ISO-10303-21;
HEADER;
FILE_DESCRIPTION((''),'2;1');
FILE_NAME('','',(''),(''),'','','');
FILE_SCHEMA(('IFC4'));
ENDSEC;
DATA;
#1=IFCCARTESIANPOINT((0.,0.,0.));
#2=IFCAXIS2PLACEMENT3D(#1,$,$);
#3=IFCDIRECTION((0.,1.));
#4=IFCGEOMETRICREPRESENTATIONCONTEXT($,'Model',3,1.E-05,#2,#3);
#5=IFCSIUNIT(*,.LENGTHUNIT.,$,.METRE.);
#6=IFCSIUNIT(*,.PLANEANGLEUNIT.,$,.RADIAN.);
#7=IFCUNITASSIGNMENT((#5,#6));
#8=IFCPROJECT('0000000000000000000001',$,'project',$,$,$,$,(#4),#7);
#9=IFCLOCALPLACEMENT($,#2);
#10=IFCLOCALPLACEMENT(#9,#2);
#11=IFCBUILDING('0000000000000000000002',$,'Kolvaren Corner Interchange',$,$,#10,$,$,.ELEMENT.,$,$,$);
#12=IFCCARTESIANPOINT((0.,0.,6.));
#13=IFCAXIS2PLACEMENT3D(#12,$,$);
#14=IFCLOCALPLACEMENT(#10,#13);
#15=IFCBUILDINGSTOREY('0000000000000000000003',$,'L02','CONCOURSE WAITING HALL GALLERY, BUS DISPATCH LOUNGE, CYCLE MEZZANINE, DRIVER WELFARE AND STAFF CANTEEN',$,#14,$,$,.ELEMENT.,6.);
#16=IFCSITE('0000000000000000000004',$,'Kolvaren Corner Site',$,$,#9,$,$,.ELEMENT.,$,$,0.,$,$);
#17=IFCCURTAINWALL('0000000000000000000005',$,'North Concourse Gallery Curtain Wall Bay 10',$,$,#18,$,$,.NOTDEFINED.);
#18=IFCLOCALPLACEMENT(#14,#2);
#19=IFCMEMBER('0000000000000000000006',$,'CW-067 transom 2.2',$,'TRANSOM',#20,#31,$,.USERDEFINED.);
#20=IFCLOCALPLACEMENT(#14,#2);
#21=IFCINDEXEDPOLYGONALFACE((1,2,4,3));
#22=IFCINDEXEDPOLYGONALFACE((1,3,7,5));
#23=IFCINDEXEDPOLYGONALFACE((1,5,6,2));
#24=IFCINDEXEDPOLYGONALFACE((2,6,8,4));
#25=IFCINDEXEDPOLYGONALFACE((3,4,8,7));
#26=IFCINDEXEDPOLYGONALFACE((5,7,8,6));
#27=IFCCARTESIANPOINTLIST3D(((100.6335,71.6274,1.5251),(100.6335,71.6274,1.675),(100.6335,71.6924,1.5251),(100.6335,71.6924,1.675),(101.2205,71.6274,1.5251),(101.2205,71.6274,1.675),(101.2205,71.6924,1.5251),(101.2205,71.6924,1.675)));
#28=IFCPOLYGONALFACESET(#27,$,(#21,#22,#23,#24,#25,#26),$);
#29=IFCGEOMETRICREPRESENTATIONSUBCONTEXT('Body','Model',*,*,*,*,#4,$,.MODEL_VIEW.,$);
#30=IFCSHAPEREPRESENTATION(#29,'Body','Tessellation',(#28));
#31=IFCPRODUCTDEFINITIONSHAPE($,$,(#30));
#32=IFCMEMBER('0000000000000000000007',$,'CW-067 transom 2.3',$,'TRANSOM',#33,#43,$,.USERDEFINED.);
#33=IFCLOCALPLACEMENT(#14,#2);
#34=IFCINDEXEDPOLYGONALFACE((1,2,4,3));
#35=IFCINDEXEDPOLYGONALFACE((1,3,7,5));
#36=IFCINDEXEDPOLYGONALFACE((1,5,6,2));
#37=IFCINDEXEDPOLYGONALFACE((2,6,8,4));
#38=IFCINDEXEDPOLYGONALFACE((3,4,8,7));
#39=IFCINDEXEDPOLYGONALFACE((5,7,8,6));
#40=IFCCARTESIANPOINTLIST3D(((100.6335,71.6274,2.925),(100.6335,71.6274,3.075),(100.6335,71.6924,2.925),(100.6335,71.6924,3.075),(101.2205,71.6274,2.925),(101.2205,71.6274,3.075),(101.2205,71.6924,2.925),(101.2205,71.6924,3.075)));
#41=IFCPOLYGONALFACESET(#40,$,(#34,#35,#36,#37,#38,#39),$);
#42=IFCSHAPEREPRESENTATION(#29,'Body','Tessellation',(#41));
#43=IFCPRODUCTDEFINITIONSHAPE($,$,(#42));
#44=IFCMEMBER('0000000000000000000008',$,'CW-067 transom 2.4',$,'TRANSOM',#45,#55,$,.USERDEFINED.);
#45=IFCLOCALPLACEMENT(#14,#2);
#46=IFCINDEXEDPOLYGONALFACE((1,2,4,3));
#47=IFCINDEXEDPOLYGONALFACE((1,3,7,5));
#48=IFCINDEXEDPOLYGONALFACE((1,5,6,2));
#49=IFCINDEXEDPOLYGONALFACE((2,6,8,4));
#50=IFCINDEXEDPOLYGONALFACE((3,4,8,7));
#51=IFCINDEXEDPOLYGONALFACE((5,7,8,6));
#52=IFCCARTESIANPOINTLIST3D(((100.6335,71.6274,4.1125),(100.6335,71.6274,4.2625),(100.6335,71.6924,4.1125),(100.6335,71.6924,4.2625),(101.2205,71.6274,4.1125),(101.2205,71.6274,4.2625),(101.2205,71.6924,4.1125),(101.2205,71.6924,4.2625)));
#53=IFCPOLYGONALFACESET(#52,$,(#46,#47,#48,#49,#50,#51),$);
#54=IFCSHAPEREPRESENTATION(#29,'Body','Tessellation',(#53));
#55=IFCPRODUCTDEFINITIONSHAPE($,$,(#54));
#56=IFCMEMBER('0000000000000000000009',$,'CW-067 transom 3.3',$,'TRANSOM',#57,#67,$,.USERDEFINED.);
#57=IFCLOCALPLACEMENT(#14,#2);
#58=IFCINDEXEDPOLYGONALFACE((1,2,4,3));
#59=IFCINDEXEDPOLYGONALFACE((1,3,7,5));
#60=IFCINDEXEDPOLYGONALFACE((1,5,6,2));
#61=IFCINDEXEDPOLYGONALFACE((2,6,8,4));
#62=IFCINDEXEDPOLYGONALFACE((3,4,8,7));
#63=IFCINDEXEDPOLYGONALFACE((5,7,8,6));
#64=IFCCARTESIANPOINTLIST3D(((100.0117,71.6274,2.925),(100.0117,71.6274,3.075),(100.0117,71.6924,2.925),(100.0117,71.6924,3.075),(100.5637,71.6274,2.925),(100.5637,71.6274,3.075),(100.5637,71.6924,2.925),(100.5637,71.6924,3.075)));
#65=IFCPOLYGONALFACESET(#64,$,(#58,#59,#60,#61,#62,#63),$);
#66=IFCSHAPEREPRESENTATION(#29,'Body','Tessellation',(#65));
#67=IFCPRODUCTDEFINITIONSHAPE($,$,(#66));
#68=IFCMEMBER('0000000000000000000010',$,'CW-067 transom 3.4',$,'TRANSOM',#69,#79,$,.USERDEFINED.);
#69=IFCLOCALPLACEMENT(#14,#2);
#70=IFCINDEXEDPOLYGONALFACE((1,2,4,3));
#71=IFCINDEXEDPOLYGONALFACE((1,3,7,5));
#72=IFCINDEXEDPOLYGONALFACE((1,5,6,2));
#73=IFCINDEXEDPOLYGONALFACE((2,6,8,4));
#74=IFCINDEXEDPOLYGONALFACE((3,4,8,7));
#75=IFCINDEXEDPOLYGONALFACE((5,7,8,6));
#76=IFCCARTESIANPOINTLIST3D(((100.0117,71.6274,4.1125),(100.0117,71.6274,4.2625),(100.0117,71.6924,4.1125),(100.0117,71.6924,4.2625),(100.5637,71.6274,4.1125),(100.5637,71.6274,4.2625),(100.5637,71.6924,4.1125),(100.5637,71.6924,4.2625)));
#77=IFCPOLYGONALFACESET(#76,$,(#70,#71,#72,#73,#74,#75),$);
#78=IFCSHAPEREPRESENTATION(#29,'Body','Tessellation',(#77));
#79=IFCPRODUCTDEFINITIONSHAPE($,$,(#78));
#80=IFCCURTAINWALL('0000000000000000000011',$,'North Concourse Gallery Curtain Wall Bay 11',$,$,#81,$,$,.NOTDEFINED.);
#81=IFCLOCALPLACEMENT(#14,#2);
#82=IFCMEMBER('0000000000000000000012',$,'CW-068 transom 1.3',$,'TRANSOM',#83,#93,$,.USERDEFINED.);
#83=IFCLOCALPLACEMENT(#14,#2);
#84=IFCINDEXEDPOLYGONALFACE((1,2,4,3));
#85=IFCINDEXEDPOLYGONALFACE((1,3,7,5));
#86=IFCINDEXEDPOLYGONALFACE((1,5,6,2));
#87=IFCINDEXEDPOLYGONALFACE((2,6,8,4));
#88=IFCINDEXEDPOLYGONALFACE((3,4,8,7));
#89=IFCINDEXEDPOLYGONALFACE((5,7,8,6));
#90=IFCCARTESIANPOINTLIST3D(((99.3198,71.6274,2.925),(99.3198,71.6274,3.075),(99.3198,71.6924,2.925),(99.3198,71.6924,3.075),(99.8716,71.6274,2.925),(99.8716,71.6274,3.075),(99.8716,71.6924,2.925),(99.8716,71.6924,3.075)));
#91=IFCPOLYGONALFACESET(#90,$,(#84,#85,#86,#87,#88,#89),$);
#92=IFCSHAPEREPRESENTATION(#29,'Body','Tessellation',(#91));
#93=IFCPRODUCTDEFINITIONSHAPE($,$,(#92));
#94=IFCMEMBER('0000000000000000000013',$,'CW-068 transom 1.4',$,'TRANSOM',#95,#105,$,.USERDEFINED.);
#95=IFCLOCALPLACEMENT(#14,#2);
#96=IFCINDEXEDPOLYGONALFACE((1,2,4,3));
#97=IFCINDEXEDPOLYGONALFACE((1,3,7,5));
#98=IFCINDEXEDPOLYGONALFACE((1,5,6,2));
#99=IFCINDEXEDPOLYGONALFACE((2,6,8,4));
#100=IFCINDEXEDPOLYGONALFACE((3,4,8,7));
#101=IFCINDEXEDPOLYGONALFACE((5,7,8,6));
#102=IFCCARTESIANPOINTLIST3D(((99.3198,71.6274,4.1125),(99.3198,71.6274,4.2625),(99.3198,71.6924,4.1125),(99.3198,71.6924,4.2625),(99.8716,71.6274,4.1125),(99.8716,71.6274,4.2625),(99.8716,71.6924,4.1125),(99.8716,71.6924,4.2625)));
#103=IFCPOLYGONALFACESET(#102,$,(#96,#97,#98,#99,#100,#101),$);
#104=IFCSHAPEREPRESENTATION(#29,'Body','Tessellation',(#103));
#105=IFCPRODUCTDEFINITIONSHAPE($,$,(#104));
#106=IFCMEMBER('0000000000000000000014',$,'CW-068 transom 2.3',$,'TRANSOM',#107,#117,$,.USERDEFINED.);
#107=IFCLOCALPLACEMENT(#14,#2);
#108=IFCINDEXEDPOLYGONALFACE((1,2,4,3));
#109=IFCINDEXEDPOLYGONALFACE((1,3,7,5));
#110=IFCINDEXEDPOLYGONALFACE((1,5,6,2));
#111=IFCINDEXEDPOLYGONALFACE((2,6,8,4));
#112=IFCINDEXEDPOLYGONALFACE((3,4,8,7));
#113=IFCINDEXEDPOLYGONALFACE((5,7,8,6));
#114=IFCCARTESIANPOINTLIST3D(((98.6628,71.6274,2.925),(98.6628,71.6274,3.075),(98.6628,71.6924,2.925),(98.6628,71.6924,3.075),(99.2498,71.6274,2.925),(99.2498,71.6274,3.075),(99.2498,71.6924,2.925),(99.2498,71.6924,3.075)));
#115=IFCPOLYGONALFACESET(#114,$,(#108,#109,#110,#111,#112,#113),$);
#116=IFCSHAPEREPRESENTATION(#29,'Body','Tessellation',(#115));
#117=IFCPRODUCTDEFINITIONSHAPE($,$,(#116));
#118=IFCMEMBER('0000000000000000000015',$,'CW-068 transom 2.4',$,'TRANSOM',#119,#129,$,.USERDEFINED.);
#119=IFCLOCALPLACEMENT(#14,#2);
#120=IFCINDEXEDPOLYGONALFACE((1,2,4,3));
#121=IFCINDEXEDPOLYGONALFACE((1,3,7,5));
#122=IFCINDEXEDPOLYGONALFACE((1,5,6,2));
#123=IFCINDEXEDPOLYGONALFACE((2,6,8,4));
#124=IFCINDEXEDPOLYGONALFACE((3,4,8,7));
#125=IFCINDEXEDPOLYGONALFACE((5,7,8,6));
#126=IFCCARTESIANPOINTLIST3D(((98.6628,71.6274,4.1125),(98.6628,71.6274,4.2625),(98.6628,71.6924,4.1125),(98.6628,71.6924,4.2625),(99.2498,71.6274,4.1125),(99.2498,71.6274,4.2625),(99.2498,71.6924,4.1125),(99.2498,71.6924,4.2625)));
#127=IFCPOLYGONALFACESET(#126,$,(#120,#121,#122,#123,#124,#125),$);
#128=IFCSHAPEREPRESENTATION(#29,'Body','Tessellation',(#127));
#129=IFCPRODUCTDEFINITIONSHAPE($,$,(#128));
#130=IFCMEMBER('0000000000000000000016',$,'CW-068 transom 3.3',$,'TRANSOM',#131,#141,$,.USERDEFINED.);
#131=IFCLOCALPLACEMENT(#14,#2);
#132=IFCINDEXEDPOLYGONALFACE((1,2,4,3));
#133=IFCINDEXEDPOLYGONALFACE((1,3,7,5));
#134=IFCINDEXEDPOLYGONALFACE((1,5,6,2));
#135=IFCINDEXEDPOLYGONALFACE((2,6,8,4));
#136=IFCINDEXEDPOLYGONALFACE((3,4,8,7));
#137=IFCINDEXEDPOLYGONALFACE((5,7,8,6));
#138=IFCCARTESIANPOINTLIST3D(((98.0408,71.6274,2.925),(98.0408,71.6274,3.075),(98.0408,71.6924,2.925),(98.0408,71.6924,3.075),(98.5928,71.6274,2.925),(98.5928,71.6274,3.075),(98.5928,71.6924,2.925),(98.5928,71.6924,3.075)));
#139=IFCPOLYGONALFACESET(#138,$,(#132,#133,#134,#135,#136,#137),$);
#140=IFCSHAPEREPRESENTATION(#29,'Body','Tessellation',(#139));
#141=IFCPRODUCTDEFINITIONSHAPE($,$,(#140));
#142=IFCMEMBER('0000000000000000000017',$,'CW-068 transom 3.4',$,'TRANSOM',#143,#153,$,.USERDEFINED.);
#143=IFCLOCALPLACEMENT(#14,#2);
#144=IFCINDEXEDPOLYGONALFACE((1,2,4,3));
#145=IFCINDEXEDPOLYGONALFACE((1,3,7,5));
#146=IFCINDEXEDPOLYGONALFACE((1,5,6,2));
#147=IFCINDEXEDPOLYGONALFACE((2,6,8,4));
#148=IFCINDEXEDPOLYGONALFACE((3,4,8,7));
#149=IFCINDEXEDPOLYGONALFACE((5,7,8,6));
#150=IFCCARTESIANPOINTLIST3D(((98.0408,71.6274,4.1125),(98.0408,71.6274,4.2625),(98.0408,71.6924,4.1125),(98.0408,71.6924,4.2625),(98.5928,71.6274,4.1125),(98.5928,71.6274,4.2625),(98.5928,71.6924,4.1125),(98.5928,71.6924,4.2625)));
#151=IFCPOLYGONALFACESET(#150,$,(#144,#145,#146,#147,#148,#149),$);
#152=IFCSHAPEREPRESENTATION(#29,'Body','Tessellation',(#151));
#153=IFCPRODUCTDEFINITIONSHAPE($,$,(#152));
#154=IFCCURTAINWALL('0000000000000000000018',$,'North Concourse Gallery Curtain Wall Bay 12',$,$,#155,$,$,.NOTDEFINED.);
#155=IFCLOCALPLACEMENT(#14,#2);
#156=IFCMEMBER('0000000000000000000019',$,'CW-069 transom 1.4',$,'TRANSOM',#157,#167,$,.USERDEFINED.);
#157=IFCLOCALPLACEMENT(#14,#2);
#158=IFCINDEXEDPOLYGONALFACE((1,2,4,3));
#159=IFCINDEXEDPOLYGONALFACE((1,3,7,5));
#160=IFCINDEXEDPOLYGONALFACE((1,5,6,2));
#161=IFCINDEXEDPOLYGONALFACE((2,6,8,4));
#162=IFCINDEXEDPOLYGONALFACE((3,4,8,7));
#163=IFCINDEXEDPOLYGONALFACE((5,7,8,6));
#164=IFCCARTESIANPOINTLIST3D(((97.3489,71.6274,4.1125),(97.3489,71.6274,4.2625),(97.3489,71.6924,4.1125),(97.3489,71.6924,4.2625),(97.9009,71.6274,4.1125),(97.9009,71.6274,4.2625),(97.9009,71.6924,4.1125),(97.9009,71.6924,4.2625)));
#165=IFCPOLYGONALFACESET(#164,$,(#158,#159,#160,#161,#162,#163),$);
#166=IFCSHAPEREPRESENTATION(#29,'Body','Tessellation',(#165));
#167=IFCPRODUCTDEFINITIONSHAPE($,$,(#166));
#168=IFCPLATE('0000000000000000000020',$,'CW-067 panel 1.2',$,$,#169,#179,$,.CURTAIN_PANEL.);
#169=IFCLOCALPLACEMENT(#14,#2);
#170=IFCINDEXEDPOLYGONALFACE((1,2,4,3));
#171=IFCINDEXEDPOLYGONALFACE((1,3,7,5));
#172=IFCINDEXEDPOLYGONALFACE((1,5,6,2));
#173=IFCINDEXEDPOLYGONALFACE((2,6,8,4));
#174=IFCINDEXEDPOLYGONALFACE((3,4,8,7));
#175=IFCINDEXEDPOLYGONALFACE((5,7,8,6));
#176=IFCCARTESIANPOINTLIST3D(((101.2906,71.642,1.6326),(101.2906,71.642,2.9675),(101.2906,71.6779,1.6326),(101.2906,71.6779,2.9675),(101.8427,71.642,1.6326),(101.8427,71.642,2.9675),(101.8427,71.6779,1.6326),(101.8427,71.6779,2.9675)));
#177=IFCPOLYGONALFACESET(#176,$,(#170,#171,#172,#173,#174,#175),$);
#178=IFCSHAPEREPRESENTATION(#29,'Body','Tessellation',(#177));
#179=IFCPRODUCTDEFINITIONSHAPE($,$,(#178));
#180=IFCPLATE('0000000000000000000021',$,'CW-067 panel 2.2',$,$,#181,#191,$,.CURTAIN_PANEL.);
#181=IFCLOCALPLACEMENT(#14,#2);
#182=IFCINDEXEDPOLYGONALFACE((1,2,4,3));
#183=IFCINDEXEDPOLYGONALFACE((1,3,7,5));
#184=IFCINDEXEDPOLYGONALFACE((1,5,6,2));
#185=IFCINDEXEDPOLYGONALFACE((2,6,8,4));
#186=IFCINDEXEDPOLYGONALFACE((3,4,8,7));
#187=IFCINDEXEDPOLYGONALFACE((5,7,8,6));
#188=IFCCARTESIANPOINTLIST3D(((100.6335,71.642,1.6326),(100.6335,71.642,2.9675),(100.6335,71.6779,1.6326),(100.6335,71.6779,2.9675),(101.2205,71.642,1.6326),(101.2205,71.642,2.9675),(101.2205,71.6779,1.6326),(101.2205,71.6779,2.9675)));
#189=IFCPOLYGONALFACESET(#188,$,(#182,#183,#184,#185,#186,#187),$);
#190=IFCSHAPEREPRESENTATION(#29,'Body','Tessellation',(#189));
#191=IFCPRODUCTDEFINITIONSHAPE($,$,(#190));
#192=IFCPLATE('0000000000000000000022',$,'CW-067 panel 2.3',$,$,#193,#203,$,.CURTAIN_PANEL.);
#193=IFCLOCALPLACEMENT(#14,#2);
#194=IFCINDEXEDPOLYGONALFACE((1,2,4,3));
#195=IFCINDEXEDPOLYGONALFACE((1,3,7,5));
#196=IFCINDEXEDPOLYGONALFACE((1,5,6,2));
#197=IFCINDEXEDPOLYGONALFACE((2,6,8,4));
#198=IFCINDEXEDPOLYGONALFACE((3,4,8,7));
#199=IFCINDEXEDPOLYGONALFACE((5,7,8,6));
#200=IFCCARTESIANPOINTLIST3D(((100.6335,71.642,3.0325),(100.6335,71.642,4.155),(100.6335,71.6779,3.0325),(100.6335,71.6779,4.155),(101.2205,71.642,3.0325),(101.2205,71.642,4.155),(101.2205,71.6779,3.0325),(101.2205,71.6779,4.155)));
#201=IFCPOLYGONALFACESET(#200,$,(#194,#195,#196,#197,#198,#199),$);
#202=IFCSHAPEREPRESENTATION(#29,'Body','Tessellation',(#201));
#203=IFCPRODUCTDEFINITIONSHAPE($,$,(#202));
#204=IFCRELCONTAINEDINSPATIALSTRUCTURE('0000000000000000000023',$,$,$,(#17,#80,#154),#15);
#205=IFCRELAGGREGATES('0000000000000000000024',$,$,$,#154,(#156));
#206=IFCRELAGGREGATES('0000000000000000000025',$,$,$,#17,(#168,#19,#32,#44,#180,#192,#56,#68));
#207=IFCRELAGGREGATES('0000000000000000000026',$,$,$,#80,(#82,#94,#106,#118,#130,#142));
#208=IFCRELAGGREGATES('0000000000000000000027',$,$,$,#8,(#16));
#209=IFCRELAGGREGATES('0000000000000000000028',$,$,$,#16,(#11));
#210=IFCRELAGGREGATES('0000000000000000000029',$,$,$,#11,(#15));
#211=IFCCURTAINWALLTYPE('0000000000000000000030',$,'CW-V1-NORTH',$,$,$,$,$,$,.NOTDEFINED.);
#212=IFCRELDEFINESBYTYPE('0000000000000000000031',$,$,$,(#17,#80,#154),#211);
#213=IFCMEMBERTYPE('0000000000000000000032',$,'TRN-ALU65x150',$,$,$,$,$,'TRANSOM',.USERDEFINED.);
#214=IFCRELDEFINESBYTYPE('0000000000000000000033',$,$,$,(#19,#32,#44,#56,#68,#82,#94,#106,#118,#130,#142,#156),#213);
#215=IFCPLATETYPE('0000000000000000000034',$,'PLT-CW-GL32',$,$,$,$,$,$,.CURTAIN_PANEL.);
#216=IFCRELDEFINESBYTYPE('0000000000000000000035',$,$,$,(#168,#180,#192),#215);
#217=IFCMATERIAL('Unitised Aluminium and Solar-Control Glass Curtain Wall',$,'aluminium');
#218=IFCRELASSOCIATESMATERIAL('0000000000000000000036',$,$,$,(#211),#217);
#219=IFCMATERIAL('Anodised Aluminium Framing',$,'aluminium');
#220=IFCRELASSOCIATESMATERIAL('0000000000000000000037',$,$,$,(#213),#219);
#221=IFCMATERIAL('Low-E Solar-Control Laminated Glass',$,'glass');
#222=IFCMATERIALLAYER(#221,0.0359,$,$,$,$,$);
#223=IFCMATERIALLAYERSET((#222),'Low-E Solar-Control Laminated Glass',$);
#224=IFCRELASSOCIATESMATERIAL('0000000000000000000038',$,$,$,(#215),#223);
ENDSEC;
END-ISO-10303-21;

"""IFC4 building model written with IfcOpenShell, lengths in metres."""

from ifc_helpers import new_model, si_unit, direction, frame, origin, origin_2d, place, context, subcontext, project, spatial, rectangle, extrude, material, layer, layer_set, material_profile, profile_set, type_object, element, aggregate, save


model = new_model("IFC4")

# Units and contexts
model_context = context("Model", 3, precision=1e-05, world=origin(), true_north=direction((0.0, 1.0)))
body_context = subcontext(model_context, "Body", "Model", "MODEL_VIEW")
ifc_project = project(units=[si_unit("LENGTHUNIT", "METRE"), si_unit("PLANEANGLEUNIT", "RADIAN")], contexts=[model_context])

# Site, building, storey
site_placement = place(None, origin())
site = spatial("IfcSite", under=ifc_project, at=site_placement, Name="Kolvaren Corner Site", CompositionType="ELEMENT", RefElevation=0.0)
building_placement = place(site_placement, origin())
building = spatial("IfcBuilding", under=site, at=building_placement, Name="Kolvaren Corner Interchange", CompositionType="ELEMENT")
storey_placement = place(building_placement, frame((0.0, 0.0, 6.0)))
storey = spatial("IfcBuildingStorey", under=building, at=storey_placement, Name="L02", Description="CONCOURSE WAITING HALL GALLERY, BUS DISPATCH LOUNGE, CYCLE MEZZANINE, DRIVER WELFARE AND STAFF CANTEEN", CompositionType="ELEMENT", Elevation=6.0)

# Curtain walls, members
ifc_material_1 = material(Name="Unitised Aluminium and Solar-Control Glass Curtain Wall", Category="aluminium")
curtain_wall_type = type_object("IfcCurtainWallType", Name="CW-V1-NORTH", PredefinedType="NOTDEFINED", material=ifc_material_1)
curtain_wall_1_placement = place(storey_placement, origin())
curtain_wall_1 = element("IfcCurtainWall", 1, at=curtain_wall_1_placement, inside=storey, type_object=curtain_wall_type, Name="North Concourse Gallery Curtain Wall Bay 10", PredefinedType="NOTDEFINED")
ifc_material_2 = material(Name="Anodised Aluminium Framing", Category="aluminium")
ifc_material_profile = material_profile(ifc_material_2, rectangle(XDim=0.0649, YDim=0.1499, at=origin_2d()), Name="ALU 65x150")
ifc_profile_set = profile_set([ifc_material_profile], Name="Anodised Aluminium Framing")
member_type = type_object("IfcMemberType", Name="TRN-ALU65x150", ElementType="TRANSOM", PredefinedType="USERDEFINED", material=ifc_profile_set)
member_1_placement = place(storey_placement, frame((101.2205, 71.6599, 1.6001), z_axis=(-1.0, 0.0, 0.0), x_axis=(0.0, -1.0, 0.0)))
member_1 = element("IfcMember", 2, at=member_1_placement, type_object=member_type, Name="CW-067 transom 2.2", ObjectType="TRANSOM", PredefinedType="USERDEFINED", context=body_context, shape_type="SweptSolid", body=[
    extrude(rectangle(XDim=0.0649, YDim=0.1499, at=origin_2d()), origin(), (0.0, 0.0, 1.0), 0.5869),
])
member_2_placement = place(storey_placement, frame((101.2205, 71.6599, 3.0), z_axis=(-1.0, 0.0, 0.0), x_axis=(0.0, -1.0, 0.0)))
member_2 = element("IfcMember", 3, at=member_2_placement, type_object=member_type, Name="CW-067 transom 2.3", ObjectType="TRANSOM", PredefinedType="USERDEFINED", context=body_context, shape_type="SweptSolid", body=[
    extrude(rectangle(XDim=0.0649, YDim=0.1499, at=origin_2d()), origin(), (0.0, 0.0, 1.0), 0.5869),
])
member_3_placement = place(storey_placement, frame((101.2205, 71.6599, 4.1875), z_axis=(-1.0, 0.0, 0.0), x_axis=(0.0, -1.0, 0.0)))
member_3 = element("IfcMember", 4, at=member_3_placement, type_object=member_type, Name="CW-067 transom 2.4", ObjectType="TRANSOM", PredefinedType="USERDEFINED", context=body_context, shape_type="SweptSolid", body=[
    extrude(rectangle(XDim=0.0649, YDim=0.1499, at=origin_2d()), origin(), (0.0, 0.0, 1.0), 0.5869),
])
member_4_placement = place(storey_placement, frame((100.5637, 71.6599, 3.0), z_axis=(-1.0, 0.0, 0.0), x_axis=(0.0, -1.0, 0.0)))
member_4 = element("IfcMember", 5, at=member_4_placement, type_object=member_type, Name="CW-067 transom 3.3", ObjectType="TRANSOM", PredefinedType="USERDEFINED", context=body_context, shape_type="SweptSolid", body=[
    extrude(rectangle(XDim=0.0649, YDim=0.1499, at=origin_2d()), origin(), (0.0, 0.0, 1.0), 0.552),
])
member_5_placement = place(storey_placement, frame((100.5637, 71.6599, 4.1875), z_axis=(-1.0, 0.0, 0.0), x_axis=(0.0, -1.0, 0.0)))
member_5 = element("IfcMember", 6, at=member_5_placement, type_object=member_type, Name="CW-067 transom 3.4", ObjectType="TRANSOM", PredefinedType="USERDEFINED", context=body_context, shape_type="SweptSolid", body=[
    extrude(rectangle(XDim=0.0649, YDim=0.1499, at=origin_2d()), origin(), (0.0, 0.0, 1.0), 0.552),
])
curtain_wall_2_placement = place(storey_placement, origin())
curtain_wall_2 = element("IfcCurtainWall", 7, at=curtain_wall_2_placement, inside=storey, type_object=curtain_wall_type, Name="North Concourse Gallery Curtain Wall Bay 11", PredefinedType="NOTDEFINED")
member_6_placement = place(storey_placement, frame((99.8716, 71.6599, 3.0), z_axis=(-1.0, 0.0, 0.0), x_axis=(0.0, -1.0, 0.0)))
member_6 = element("IfcMember", 8, at=member_6_placement, type_object=member_type, Name="CW-068 transom 1.3", ObjectType="TRANSOM", PredefinedType="USERDEFINED", context=body_context, shape_type="SweptSolid", body=[
    extrude(rectangle(XDim=0.0649, YDim=0.1499, at=origin_2d()), origin(), (0.0, 0.0, 1.0), 0.5518),
])
member_7_placement = place(storey_placement, frame((99.8716, 71.6599, 4.1875), z_axis=(-1.0, 0.0, 0.0), x_axis=(0.0, -1.0, 0.0)))
member_7 = element("IfcMember", 9, at=member_7_placement, type_object=member_type, Name="CW-068 transom 1.4", ObjectType="TRANSOM", PredefinedType="USERDEFINED", context=body_context, shape_type="SweptSolid", body=[
    extrude(rectangle(XDim=0.0649, YDim=0.1499, at=origin_2d()), origin(), (0.0, 0.0, 1.0), 0.5518),
])
member_8_placement = place(storey_placement, frame((99.2498, 71.6599, 3.0), z_axis=(-1.0, 0.0, 0.0), x_axis=(0.0, -1.0, 0.0)))
member_8 = element("IfcMember", 10, at=member_8_placement, type_object=member_type, Name="CW-068 transom 2.3", ObjectType="TRANSOM", PredefinedType="USERDEFINED", context=body_context, shape_type="SweptSolid", body=[
    extrude(rectangle(XDim=0.0649, YDim=0.1499, at=origin_2d()), origin(), (0.0, 0.0, 1.0), 0.5869),
])
member_9_placement = place(storey_placement, frame((99.2498, 71.6599, 4.1875), z_axis=(-1.0, 0.0, 0.0), x_axis=(0.0, -1.0, 0.0)))
member_9 = element("IfcMember", 11, at=member_9_placement, type_object=member_type, Name="CW-068 transom 2.4", ObjectType="TRANSOM", PredefinedType="USERDEFINED", context=body_context, shape_type="SweptSolid", body=[
    extrude(rectangle(XDim=0.0649, YDim=0.1499, at=origin_2d()), origin(), (0.0, 0.0, 1.0), 0.5869),
])
member_10_placement = place(storey_placement, frame((98.5928, 71.6599, 3.0), z_axis=(-1.0, 0.0, 0.0), x_axis=(0.0, -1.0, 0.0)))
member_10 = element("IfcMember", 12, at=member_10_placement, type_object=member_type, Name="CW-068 transom 3.3", ObjectType="TRANSOM", PredefinedType="USERDEFINED", context=body_context, shape_type="SweptSolid", body=[
    extrude(rectangle(XDim=0.0649, YDim=0.1499, at=origin_2d()), origin(), (0.0, 0.0, 1.0), 0.552),
])
member_11_placement = place(storey_placement, frame((98.5928, 71.6599, 4.1875), z_axis=(-1.0, 0.0, 0.0), x_axis=(0.0, -1.0, 0.0)))
member_11 = element("IfcMember", 13, at=member_11_placement, type_object=member_type, Name="CW-068 transom 3.4", ObjectType="TRANSOM", PredefinedType="USERDEFINED", context=body_context, shape_type="SweptSolid", body=[
    extrude(rectangle(XDim=0.0649, YDim=0.1499, at=origin_2d()), origin(), (0.0, 0.0, 1.0), 0.552),
])

# Curtain wall, member
curtain_wall_3_placement = place(storey_placement, origin())
curtain_wall_3 = element("IfcCurtainWall", 14, at=curtain_wall_3_placement, inside=storey, type_object=curtain_wall_type, Name="North Concourse Gallery Curtain Wall Bay 12", PredefinedType="NOTDEFINED")
member_12_placement = place(storey_placement, frame((97.9009, 71.6599, 4.1875), z_axis=(-1.0, 0.0, 0.0), x_axis=(0.0, -1.0, 0.0)))
member_12 = element("IfcMember", 15, at=member_12_placement, type_object=member_type, Name="CW-069 transom 1.4", ObjectType="TRANSOM", PredefinedType="USERDEFINED", context=body_context, shape_type="SweptSolid", body=[
    extrude(rectangle(XDim=0.0649, YDim=0.1499, at=origin_2d()), origin(), (0.0, 0.0, 1.0), 0.552),
])
aggregate(curtain_wall_3, [member_12])

# Plates
ifc_material_3 = material(Name="Low-E Solar-Control Laminated Glass", Category="glass")
ifc_layer = layer(ifc_material_3, 0.0359)
ifc_layer_set = layer_set([ifc_layer], Name="Low-E Solar-Control Laminated Glass")
plate_type = type_object("IfcPlateType", Name="PLT-CW-GL32", PredefinedType="CURTAIN_PANEL", material=ifc_layer_set)
plate_1_placement = place(storey_placement, frame((101.5667, 71.6599, 1.6326), z_axis=(0.0, 0.0, 1.0), x_axis=(-1.0, 0.0, 0.0)))
plate_1 = element("IfcPlate", 16, at=plate_1_placement, type_object=plate_type, Name="CW-067 panel 1.2", PredefinedType="CURTAIN_PANEL", context=body_context, shape_type="SweptSolid", body=[
    extrude(rectangle(XDim=0.552, YDim=0.0359, at=origin_2d()), origin(), (0.0, 0.0, 1.0), 1.335),
])
plate_2_placement = place(storey_placement, frame((100.927, 71.6599, 1.6326), z_axis=(0.0, 0.0, 1.0), x_axis=(-1.0, 0.0, 0.0)))
plate_2 = element("IfcPlate", 17, at=plate_2_placement, type_object=plate_type, Name="CW-067 panel 2.2", PredefinedType="CURTAIN_PANEL", context=body_context, shape_type="SweptSolid", body=[
    extrude(rectangle(XDim=0.5869, YDim=0.0359, at=origin_2d()), origin(), (0.0, 0.0, 1.0), 1.335),
])
plate_3_placement = place(storey_placement, frame((100.927, 71.6599, 3.0325), z_axis=(0.0, 0.0, 1.0), x_axis=(-1.0, 0.0, 0.0)))
plate_3 = element("IfcPlate", 18, at=plate_3_placement, type_object=plate_type, Name="CW-067 panel 2.3", PredefinedType="CURTAIN_PANEL", context=body_context, shape_type="SweptSolid", body=[
    extrude(rectangle(XDim=0.5869, YDim=0.0359, at=origin_2d()), origin(), (0.0, 0.0, 1.0), 1.1226),
])
aggregate(curtain_wall_1, [plate_1, member_1, member_2, member_3, plate_2, plate_3, member_4, member_5])
aggregate(curtain_wall_2, [member_6, member_7, member_8, member_9, member_10, member_11])

save(model, "model.ifc")
